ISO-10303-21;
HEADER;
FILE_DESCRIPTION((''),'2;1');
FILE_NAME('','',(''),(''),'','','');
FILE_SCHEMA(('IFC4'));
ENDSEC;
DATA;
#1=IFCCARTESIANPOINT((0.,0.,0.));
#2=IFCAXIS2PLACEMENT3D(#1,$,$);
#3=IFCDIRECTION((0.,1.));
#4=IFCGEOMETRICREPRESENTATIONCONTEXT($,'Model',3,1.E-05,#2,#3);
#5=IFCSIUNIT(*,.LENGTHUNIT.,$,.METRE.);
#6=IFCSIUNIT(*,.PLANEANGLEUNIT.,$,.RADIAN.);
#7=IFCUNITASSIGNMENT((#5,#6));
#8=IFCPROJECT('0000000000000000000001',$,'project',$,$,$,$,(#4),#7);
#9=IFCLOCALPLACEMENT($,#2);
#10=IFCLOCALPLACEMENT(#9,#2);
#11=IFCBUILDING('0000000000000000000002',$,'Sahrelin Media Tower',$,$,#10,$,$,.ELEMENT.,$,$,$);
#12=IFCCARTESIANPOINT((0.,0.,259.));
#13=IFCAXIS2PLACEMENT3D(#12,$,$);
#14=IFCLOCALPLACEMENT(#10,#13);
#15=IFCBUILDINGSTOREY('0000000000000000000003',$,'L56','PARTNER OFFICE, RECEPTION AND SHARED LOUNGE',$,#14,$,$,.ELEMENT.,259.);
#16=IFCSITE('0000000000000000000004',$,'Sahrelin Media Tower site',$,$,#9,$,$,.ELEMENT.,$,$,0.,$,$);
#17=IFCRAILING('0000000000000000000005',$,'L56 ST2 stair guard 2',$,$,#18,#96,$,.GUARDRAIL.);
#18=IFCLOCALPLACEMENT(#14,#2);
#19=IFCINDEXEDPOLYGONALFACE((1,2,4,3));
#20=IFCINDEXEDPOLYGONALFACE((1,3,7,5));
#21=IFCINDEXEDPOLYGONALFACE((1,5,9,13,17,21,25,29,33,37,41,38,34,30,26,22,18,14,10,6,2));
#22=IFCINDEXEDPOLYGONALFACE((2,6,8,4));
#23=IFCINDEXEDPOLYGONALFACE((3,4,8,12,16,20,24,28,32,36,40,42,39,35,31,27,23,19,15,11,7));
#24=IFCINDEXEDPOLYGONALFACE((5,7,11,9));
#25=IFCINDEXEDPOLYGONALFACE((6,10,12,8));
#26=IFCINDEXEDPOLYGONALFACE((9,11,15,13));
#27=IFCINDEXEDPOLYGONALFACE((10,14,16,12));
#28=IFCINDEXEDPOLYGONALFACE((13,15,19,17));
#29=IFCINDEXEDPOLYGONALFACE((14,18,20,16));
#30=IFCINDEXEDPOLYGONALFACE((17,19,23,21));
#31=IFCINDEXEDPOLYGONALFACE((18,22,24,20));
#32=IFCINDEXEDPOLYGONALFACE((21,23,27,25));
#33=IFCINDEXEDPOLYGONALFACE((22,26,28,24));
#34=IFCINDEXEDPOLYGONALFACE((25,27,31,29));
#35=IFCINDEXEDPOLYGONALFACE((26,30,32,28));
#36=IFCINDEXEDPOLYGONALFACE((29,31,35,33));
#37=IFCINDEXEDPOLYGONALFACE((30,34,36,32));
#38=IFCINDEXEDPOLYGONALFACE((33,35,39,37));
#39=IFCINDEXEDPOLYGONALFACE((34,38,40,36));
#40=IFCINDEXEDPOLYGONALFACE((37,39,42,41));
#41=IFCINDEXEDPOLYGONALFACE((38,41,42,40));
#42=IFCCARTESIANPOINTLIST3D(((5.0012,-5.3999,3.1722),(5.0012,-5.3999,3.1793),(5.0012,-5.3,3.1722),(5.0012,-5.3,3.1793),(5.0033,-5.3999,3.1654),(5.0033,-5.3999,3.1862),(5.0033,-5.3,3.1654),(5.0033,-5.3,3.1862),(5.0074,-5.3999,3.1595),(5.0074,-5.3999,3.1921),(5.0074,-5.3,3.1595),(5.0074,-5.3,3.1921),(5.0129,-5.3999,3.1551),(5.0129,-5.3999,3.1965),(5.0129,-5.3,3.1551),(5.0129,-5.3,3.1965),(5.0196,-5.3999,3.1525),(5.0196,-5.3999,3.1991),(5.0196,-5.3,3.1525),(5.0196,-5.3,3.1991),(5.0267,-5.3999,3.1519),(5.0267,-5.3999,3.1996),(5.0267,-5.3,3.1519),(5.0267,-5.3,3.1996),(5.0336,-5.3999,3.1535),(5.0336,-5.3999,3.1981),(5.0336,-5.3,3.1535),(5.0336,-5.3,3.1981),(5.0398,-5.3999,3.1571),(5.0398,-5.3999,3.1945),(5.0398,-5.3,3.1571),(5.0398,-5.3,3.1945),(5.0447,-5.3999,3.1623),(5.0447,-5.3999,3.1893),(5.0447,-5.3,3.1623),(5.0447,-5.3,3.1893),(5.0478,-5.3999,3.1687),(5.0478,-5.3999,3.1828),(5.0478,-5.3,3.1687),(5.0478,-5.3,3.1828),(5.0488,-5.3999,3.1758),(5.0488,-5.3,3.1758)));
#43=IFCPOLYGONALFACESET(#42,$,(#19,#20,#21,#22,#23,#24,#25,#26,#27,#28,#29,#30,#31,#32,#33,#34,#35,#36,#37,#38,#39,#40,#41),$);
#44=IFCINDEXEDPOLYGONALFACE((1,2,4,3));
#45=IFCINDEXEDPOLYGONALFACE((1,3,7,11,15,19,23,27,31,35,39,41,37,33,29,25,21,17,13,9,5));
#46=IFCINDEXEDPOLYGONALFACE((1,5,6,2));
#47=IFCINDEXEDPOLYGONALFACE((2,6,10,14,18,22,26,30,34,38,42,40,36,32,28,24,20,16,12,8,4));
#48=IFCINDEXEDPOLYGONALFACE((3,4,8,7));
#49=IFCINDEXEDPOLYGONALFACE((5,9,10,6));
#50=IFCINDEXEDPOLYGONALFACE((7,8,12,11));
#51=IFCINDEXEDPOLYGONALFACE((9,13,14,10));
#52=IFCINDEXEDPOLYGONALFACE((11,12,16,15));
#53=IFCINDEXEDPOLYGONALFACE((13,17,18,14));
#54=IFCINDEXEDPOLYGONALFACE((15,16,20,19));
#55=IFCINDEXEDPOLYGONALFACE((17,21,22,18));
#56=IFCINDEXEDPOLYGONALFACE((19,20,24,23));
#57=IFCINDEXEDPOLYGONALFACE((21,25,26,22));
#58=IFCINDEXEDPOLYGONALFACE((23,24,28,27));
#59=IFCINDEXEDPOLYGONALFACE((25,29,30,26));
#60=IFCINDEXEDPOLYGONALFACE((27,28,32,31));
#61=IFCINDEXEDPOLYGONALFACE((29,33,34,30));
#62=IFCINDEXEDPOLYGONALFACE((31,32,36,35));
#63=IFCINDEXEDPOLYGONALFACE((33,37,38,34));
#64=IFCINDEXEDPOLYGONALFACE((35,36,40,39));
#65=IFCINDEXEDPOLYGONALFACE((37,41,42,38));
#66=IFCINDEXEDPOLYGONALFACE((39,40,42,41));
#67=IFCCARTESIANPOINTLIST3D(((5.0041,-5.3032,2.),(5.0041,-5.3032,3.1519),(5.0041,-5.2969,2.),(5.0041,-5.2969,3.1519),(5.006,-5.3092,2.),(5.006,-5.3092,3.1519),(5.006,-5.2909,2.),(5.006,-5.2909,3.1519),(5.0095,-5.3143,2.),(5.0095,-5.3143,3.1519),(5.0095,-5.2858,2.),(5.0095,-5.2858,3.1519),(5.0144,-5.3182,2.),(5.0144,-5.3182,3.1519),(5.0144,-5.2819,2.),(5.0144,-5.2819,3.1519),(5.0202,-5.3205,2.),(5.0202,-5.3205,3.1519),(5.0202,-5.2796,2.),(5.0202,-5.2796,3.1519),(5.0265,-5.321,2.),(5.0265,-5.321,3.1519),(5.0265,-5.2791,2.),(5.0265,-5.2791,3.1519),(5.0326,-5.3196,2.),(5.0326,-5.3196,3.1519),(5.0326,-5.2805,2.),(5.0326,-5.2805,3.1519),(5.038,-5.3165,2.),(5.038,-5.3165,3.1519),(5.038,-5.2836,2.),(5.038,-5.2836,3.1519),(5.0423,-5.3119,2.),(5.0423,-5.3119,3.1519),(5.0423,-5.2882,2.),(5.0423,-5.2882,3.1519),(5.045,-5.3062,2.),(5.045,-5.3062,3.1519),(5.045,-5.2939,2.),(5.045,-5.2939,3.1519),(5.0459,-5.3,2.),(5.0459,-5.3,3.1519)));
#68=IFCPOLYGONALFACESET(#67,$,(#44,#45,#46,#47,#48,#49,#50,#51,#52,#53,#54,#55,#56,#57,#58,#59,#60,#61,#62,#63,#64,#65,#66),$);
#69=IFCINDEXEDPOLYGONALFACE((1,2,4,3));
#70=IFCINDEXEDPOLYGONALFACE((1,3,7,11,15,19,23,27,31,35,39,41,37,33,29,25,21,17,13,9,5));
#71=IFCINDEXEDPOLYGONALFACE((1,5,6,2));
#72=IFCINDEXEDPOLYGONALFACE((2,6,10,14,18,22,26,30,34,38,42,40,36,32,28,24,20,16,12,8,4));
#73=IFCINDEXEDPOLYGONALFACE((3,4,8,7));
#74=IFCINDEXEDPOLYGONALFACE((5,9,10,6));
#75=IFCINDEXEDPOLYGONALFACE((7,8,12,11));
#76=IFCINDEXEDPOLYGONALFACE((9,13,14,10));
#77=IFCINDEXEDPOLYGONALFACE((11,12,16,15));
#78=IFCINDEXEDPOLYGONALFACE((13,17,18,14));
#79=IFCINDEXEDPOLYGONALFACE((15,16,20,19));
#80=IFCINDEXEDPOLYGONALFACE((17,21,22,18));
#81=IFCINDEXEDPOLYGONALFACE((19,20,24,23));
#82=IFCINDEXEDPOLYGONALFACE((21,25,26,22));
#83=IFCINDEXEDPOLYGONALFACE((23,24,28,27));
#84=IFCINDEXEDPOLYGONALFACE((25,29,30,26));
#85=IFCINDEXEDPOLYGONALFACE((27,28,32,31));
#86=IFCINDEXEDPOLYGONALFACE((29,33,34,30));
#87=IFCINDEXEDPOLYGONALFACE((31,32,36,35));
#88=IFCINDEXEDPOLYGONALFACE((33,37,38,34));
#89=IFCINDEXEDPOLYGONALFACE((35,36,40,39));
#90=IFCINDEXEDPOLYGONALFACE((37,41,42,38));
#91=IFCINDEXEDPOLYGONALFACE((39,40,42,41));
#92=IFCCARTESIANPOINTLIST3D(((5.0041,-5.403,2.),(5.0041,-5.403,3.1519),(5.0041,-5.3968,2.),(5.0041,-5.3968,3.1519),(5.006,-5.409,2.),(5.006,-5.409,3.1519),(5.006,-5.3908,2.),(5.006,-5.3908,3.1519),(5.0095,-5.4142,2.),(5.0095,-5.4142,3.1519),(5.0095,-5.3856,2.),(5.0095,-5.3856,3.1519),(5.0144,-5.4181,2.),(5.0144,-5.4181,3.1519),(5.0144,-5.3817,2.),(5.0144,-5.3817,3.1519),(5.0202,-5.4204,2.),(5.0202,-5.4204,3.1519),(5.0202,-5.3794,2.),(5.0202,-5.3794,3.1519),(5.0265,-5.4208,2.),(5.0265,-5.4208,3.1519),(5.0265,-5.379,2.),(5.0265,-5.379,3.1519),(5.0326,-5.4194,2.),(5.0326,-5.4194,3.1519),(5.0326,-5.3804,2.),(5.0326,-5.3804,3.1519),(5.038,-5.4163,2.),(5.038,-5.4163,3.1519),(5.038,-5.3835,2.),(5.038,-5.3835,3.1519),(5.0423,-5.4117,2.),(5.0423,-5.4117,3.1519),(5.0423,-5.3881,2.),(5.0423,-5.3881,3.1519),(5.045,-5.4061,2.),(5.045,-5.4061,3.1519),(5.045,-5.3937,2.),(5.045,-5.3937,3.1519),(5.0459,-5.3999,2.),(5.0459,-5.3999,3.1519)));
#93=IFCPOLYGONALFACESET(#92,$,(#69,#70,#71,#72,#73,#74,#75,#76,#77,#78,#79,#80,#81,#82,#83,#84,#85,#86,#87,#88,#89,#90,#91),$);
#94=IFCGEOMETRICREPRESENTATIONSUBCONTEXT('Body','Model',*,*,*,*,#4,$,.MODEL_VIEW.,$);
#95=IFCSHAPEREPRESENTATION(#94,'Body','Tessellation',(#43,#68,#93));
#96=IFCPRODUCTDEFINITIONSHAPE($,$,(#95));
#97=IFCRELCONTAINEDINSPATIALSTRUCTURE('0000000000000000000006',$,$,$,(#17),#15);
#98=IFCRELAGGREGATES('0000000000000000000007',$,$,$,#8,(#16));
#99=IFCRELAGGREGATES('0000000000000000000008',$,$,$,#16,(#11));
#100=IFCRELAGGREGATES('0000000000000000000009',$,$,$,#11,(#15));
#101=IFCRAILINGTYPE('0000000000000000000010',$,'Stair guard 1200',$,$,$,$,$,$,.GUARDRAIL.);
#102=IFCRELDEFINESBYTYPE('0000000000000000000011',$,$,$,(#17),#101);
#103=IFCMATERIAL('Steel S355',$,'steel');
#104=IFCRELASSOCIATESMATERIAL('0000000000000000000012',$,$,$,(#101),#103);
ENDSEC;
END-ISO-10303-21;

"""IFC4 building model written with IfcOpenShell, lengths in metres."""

from ifc_helpers import new_model, si_unit, direction, frame, origin, origin_2d, place, context, subcontext, project, spatial, circle, extrude, material, type_object, element, save


model = new_model("IFC4")

# Units and contexts
model_context = context("Model", 3, precision=1e-05, world=origin(), true_north=direction((0.0, 1.0)))
body_context = subcontext(model_context, "Body", "Model", "MODEL_VIEW")
ifc_project = project(units=[si_unit("LENGTHUNIT", "METRE"), si_unit("PLANEANGLEUNIT", "RADIAN")], contexts=[model_context])

# Site, building, storey
site_placement = place(None, origin())
site = spatial("IfcSite", under=ifc_project, at=site_placement, Name="Sahrelin Media Tower site", CompositionType="ELEMENT", RefElevation=0.0)
building_placement = place(site_placement, origin())
building = spatial("IfcBuilding", under=site, at=building_placement, Name="Sahrelin Media Tower", CompositionType="ELEMENT")
storey_placement = place(building_placement, frame((0.0, 0.0, 259.0)))
storey = spatial("IfcBuildingStorey", under=building, at=storey_placement, Name="L56", Description="PARTNER OFFICE, RECEPTION AND SHARED LOUNGE", CompositionType="ELEMENT", Elevation=259.0)

# Shared definitions
ifc_material_1 = material(Name="Steel S355", Category="steel")

# Railing
railing_type_1 = type_object("IfcRailingType", Name="Stair guard 1200", PredefinedType="GUARDRAIL", material=ifc_material_1)
railing_1_placement = place(storey_placement, frame((5.0249, -5.3, 2.0)))
element("IfcRailing", 1, at=railing_1_placement, inside=storey, type_object=railing_type_1, Name="L56 ST2 stair guard 2", PredefinedType="GUARDRAIL", context=body_context, shape_type="SweptSolid", body=[
    extrude(circle(Radius=0.0239, at=origin_2d()), frame((0.0, 0.0, 1.1758), z_axis=(0.0, -1.0, 0.0), x_axis=(1.0, 0.0, 0.0)), (0.0, 0.0, 1.0), 0.0999),
    extrude(circle(Radius=0.021, at=origin_2d()), origin(), (0.0, 0.0, 1.0), 1.1519),
    extrude(circle(Radius=0.021, at=origin_2d()), frame((0.0, -0.0999, 0.0)), (0.0, 0.0, 1.0), 1.1519),
])

save(model, "model.ifc")
